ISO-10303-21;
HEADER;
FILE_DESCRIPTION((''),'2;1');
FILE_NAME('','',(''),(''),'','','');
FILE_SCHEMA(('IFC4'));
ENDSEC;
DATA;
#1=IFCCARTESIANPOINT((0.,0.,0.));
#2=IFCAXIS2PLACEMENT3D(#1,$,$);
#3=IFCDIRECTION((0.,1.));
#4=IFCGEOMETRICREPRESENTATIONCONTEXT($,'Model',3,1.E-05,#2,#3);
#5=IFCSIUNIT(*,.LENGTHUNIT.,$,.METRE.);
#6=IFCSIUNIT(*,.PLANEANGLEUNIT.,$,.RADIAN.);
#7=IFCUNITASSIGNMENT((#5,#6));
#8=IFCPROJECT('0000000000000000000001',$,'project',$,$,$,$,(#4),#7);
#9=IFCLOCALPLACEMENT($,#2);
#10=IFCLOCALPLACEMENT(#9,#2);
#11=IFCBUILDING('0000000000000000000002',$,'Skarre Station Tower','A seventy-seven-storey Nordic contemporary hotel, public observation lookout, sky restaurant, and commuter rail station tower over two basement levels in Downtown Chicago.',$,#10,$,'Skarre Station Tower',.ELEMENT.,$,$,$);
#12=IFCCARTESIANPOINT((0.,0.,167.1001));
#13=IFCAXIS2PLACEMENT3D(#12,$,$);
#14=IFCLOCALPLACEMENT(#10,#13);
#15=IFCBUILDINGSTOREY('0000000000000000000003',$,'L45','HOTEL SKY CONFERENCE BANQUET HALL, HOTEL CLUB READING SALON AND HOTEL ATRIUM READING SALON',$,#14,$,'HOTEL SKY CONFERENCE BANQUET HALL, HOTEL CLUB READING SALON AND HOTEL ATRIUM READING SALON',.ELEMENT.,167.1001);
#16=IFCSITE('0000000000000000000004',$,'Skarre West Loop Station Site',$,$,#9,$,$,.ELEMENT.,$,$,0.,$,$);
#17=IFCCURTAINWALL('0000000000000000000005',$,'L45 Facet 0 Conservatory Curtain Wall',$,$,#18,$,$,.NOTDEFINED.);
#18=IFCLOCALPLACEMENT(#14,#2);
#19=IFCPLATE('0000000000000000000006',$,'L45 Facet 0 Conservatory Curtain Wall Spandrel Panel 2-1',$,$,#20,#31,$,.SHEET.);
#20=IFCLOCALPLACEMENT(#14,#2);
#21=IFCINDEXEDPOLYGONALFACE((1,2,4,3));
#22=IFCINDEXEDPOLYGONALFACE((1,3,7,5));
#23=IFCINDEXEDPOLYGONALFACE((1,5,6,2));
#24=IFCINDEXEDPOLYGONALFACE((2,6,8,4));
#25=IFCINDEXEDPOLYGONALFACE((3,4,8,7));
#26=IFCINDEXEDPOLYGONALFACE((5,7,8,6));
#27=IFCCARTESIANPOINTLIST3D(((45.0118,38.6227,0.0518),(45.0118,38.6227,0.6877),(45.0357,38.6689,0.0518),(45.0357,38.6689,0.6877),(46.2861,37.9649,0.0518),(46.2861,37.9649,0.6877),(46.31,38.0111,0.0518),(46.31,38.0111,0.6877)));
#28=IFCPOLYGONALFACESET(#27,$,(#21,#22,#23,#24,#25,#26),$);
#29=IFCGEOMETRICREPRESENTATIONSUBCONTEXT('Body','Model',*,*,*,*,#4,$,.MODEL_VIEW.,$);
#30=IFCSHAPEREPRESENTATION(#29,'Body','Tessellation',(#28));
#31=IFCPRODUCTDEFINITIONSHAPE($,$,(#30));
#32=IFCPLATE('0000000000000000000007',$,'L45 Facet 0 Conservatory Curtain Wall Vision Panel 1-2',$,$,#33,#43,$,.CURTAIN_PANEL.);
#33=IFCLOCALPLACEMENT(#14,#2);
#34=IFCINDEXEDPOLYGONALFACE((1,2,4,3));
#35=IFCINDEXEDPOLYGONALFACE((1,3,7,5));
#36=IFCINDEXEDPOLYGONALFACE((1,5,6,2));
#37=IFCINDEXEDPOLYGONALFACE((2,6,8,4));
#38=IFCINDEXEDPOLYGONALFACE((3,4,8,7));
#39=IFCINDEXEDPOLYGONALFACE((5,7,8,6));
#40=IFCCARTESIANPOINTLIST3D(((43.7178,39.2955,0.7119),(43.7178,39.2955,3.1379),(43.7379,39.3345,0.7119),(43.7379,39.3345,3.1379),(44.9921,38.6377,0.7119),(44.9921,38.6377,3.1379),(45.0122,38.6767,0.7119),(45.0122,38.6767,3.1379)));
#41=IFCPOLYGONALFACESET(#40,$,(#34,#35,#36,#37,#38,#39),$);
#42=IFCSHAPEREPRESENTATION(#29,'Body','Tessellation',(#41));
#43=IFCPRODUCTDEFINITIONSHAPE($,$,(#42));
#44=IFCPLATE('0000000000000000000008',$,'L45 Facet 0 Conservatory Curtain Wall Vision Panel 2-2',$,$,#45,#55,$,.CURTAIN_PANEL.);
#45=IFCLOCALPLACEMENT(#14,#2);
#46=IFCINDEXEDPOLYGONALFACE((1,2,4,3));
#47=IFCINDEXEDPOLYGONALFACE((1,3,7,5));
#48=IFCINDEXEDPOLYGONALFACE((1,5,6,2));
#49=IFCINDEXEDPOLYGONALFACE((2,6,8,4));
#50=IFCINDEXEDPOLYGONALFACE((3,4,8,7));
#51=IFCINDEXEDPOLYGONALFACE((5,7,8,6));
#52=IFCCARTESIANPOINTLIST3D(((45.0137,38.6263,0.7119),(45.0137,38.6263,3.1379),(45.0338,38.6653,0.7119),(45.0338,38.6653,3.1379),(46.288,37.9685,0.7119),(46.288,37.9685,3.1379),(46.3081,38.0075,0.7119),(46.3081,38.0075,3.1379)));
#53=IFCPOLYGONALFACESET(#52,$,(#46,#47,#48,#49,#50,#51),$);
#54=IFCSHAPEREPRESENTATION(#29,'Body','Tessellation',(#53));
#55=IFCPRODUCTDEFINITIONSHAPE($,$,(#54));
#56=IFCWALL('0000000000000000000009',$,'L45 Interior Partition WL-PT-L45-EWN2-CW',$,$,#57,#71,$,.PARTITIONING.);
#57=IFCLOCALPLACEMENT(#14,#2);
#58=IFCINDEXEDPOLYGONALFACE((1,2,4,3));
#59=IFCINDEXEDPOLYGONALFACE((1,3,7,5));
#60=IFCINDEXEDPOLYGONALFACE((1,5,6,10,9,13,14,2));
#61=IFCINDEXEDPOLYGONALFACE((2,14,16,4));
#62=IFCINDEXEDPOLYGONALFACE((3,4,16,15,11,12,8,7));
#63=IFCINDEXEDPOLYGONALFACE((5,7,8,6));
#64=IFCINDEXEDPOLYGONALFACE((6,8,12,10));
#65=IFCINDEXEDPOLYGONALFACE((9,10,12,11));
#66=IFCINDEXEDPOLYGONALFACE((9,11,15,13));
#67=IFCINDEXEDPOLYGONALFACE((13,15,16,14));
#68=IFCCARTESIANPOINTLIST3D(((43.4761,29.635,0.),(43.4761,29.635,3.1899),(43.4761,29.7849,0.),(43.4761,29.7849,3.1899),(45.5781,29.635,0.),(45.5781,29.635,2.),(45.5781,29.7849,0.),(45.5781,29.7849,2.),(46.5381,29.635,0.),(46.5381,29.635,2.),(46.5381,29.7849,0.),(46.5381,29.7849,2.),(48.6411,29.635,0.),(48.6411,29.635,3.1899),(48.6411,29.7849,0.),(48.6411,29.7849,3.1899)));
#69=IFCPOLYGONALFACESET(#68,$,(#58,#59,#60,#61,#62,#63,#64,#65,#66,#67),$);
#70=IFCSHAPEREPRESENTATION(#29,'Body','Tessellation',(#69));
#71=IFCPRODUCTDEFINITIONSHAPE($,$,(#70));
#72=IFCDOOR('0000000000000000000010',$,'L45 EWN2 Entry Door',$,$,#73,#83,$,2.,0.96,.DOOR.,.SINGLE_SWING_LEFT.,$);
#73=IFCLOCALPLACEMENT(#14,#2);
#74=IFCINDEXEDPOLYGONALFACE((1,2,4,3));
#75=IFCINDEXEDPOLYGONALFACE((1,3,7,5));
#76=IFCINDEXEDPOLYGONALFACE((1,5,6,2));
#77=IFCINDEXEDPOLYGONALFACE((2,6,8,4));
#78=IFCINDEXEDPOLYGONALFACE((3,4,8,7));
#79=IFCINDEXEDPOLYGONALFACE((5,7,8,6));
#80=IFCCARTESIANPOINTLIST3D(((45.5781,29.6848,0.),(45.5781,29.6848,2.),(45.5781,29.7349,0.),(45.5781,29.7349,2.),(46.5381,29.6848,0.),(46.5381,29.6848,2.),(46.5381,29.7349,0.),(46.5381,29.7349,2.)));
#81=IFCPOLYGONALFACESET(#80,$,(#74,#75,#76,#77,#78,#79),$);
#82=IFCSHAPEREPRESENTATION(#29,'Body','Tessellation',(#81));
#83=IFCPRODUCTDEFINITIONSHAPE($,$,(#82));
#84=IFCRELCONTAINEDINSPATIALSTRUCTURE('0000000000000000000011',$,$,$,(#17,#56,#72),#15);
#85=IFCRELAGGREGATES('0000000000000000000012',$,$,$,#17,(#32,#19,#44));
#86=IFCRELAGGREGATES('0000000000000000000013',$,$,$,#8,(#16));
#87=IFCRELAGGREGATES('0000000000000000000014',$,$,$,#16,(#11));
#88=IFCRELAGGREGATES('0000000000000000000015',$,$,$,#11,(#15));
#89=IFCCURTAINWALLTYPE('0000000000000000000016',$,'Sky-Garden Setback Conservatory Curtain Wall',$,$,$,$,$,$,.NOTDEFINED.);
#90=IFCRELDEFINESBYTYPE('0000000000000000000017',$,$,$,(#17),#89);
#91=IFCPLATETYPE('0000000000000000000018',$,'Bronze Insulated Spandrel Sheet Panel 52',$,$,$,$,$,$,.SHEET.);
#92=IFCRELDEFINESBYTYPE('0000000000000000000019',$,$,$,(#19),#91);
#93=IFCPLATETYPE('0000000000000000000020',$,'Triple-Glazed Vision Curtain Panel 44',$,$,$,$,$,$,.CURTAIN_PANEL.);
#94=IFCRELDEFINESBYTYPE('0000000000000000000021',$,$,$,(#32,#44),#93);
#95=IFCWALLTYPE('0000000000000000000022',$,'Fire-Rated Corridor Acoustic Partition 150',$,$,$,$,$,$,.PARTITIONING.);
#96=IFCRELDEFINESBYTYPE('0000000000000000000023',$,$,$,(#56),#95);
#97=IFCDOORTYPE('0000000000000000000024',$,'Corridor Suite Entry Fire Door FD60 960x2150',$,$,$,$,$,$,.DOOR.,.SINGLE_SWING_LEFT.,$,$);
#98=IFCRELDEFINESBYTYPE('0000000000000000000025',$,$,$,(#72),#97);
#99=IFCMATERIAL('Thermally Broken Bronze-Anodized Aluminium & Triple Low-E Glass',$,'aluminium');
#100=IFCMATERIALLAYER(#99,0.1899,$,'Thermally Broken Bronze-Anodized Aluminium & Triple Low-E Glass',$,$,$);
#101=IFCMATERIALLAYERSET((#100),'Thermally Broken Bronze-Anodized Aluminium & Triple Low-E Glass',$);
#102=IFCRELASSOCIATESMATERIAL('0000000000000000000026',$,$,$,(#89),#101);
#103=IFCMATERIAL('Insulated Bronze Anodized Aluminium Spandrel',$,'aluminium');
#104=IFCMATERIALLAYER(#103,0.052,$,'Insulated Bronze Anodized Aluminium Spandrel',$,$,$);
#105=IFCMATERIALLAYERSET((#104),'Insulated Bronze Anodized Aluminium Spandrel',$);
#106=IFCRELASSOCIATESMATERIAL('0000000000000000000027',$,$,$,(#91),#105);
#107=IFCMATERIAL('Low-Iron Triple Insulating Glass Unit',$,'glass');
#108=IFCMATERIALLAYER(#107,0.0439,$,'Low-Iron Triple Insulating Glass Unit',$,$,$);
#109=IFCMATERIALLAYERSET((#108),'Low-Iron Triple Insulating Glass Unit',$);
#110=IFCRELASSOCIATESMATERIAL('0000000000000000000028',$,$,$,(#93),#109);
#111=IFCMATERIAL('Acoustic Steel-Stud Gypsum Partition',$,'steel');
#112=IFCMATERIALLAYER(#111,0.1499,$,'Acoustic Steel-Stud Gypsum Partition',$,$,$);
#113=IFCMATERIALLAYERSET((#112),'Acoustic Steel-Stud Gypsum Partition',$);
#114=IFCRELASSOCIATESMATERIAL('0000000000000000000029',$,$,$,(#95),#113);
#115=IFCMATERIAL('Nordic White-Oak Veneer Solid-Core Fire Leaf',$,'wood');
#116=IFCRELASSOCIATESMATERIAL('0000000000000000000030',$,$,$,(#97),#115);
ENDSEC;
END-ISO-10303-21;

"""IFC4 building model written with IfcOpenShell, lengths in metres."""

from ifc_helpers import new_model, si_unit, direction, frame, frame_2d, origin, origin_2d, place, context, subcontext, project, spatial, rectangle, extrude, material, layer, layer_set, type_object, element, fill, aggregate, save


model = new_model("IFC4")

# Units and contexts
model_context = context("Model", 3, precision=1e-05, world=origin(), true_north=direction((0.0, 1.0)))
body_context = subcontext(model_context, "Body", "Model", "MODEL_VIEW")
ifc_project = project(units=[si_unit("LENGTHUNIT", "METRE"), si_unit("PLANEANGLEUNIT", "RADIAN")], contexts=[model_context])

# Site, building, storey
site_placement = place(None, origin())
site = spatial("IfcSite", under=ifc_project, at=site_placement, Name="Skarre West Loop Station Site", CompositionType="ELEMENT", RefElevation=0.0)
building_placement = place(site_placement, origin())
building = spatial("IfcBuilding", under=site, at=building_placement, Name="Skarre Station Tower", Description="A seventy-seven-storey Nordic contemporary hotel, public observation lookout, sky restaurant, and commuter rail station tower over two basement levels in Downtown Chicago.", LongName="Skarre Station Tower", CompositionType="ELEMENT")
storey_placement = place(building_placement, frame((0.0, 0.0, 167.1001)))
storey = spatial("IfcBuildingStorey", under=building, at=storey_placement, Name="L45", Description="HOTEL SKY CONFERENCE BANQUET HALL, HOTEL CLUB READING SALON AND HOTEL ATRIUM READING SALON", LongName="HOTEL SKY CONFERENCE BANQUET HALL, HOTEL CLUB READING SALON AND HOTEL ATRIUM READING SALON", CompositionType="ELEMENT", Elevation=167.1001)

# Curtain wall
ifc_material_1 = material(Name="Thermally Broken Bronze-Anodized Aluminium & Triple Low-E Glass", Category="aluminium")
ifc_layer_1 = layer(ifc_material_1, 0.1899, Name="Thermally Broken Bronze-Anodized Aluminium & Triple Low-E Glass")
ifc_layer_set_1 = layer_set([ifc_layer_1], Name="Thermally Broken Bronze-Anodized Aluminium & Triple Low-E Glass")
curtain_wall_type = type_object("IfcCurtainWallType", Name="Sky-Garden Setback Conservatory Curtain Wall", PredefinedType="NOTDEFINED", material=ifc_layer_set_1)
curtain_wall_placement = place(storey_placement, origin())
curtain_wall = element("IfcCurtainWall", 1, at=curtain_wall_placement, inside=storey, type_object=curtain_wall_type, Name="L45 Facet 0 Conservatory Curtain Wall", PredefinedType="NOTDEFINED")

# Plates
ifc_material_2 = material(Name="Insulated Bronze Anodized Aluminium Spandrel", Category="aluminium")
ifc_layer_2 = layer(ifc_material_2, 0.052, Name="Insulated Bronze Anodized Aluminium Spandrel")
ifc_layer_set_2 = layer_set([ifc_layer_2], Name="Insulated Bronze Anodized Aluminium Spandrel")
plate_type_1 = type_object("IfcPlateType", Name="Bronze Insulated Spandrel Sheet Panel 52", PredefinedType="SHEET", material=ifc_layer_set_2)
plate_1_placement = place(storey_placement, frame((45.6609, 38.3169, 0.0518), z_axis=(0.0, 0.0, 1.0), x_axis=(0.888593, -0.458696, 0.0)))
plate_1 = element("IfcPlate", 2, at=plate_1_placement, type_object=plate_type_1, Name="L45 Facet 0 Conservatory Curtain Wall Spandrel Panel 2-1", PredefinedType="SHEET", context=body_context, shape_type="SweptSolid", body=[
    extrude(rectangle(XDim=1.4341, YDim=0.052, at=origin_2d()), origin(), (0.0, 0.0, 1.0), 0.636),
])
ifc_material_3 = material(Name="Low-Iron Triple Insulating Glass Unit", Category="glass")
ifc_layer_3 = layer(ifc_material_3, 0.0439, Name="Low-Iron Triple Insulating Glass Unit")
ifc_layer_set_3 = layer_set([ifc_layer_3], Name="Low-Iron Triple Insulating Glass Unit")
plate_type_2 = type_object("IfcPlateType", Name="Triple-Glazed Vision Curtain Panel 44", PredefinedType="CURTAIN_PANEL", material=ifc_layer_set_3)
plate_2_placement = place(storey_placement, frame((44.365, 38.9861, 0.7119), z_axis=(0.0, 0.0, 1.0), x_axis=(0.888593, -0.458696, 0.0)))
plate_2 = element("IfcPlate", 3, at=plate_2_placement, type_object=plate_type_2, Name="L45 Facet 0 Conservatory Curtain Wall Vision Panel 1-2", PredefinedType="CURTAIN_PANEL", context=body_context, shape_type="SweptSolid", body=[
    extrude(rectangle(XDim=1.4341, YDim=0.0439, at=origin_2d()), origin(), (0.0, 0.0, 1.0), 2.426),
])
plate_3_placement = place(storey_placement, frame((45.6609, 38.3169, 0.7119), z_axis=(0.0, 0.0, 1.0), x_axis=(0.888593, -0.458696, 0.0)))
plate_3 = element("IfcPlate", 4, at=plate_3_placement, type_object=plate_type_2, Name="L45 Facet 0 Conservatory Curtain Wall Vision Panel 2-2", PredefinedType="CURTAIN_PANEL", context=body_context, shape_type="SweptSolid", body=[
    extrude(rectangle(XDim=1.4341, YDim=0.0439, at=origin_2d()), origin(), (0.0, 0.0, 1.0), 2.426),
])
aggregate(curtain_wall, [plate_2, plate_1, plate_3])

# Wall, opening, door
ifc_material_4 = material(Name="Acoustic Steel-Stud Gypsum Partition", Category="steel")
ifc_layer_4 = layer(ifc_material_4, 0.1499, Name="Acoustic Steel-Stud Gypsum Partition")
ifc_layer_set_4 = layer_set([ifc_layer_4], Name="Acoustic Steel-Stud Gypsum Partition")
wall_type = type_object("IfcWallType", Name="Fire-Rated Corridor Acoustic Partition 150", PredefinedType="PARTITIONING", material=ifc_layer_set_4)
wall_placement = place(storey_placement, frame((43.4761, 29.71, 0.0), z_axis=(0.0, 0.0, 1.0), x_axis=(1.0, 0.0, 0.0)))
wall = element("IfcWall", 5, at=wall_placement, inside=storey, type_object=wall_type, Name="L45 Interior Partition WL-PT-L45-EWN2-CW", PredefinedType="PARTITIONING", context=body_context, shape_type="SweptSolid", body=[
    extrude(rectangle(XDim=5.165, YDim=0.1499, at=frame_2d((2.5825, 0.0))), origin(), (0.0, 0.0, 1.0), 3.1899),
])
opening_placement = place(wall_placement, frame((2.1021, 0.0, 0.0)))
opening = element("IfcOpeningElement", 6, at=opening_placement, cuts=wall, PredefinedType="OPENING", context=body_context, shape_type="SweptSolid", body=[
    extrude(rectangle(XDim=0.96, YDim=2.0, at=frame_2d((0.48, 1.0))), frame((0.0, 0.085, 0.0), z_axis=(0.0, -1.0, 0.0), x_axis=(1.0, 0.0, 0.0)), (0.0, 0.0, 1.0), 0.1699),
])
ifc_material_5 = material(Name="Nordic White-Oak Veneer Solid-Core Fire Leaf", Category="wood")
door_type = type_object("IfcDoorType", Name="Corridor Suite Entry Fire Door FD60 960x2150", OperationType="SINGLE_SWING_LEFT", PredefinedType="DOOR", material=ifc_material_5)
door_placement = place(opening_placement, origin())
door = element("IfcDoor", 7, at=door_placement, inside=storey, type_object=door_type, Name="L45 EWN2 Entry Door", OperationType="SINGLE_SWING_LEFT", OverallHeight=2.0, OverallWidth=0.96, PredefinedType="DOOR", context=body_context, shape_type="SweptSolid", body=[
    extrude(rectangle(XDim=0.96, YDim=2.0, at=frame_2d((0.48, 1.0))), frame((0.0, 0.0249, 0.0), z_axis=(0.0, -1.0, 0.0), x_axis=(1.0, 0.0, 0.0)), (0.0, 0.0, 1.0), 0.05),
])
fill(opening, door)

save(model, "model.ifc")
